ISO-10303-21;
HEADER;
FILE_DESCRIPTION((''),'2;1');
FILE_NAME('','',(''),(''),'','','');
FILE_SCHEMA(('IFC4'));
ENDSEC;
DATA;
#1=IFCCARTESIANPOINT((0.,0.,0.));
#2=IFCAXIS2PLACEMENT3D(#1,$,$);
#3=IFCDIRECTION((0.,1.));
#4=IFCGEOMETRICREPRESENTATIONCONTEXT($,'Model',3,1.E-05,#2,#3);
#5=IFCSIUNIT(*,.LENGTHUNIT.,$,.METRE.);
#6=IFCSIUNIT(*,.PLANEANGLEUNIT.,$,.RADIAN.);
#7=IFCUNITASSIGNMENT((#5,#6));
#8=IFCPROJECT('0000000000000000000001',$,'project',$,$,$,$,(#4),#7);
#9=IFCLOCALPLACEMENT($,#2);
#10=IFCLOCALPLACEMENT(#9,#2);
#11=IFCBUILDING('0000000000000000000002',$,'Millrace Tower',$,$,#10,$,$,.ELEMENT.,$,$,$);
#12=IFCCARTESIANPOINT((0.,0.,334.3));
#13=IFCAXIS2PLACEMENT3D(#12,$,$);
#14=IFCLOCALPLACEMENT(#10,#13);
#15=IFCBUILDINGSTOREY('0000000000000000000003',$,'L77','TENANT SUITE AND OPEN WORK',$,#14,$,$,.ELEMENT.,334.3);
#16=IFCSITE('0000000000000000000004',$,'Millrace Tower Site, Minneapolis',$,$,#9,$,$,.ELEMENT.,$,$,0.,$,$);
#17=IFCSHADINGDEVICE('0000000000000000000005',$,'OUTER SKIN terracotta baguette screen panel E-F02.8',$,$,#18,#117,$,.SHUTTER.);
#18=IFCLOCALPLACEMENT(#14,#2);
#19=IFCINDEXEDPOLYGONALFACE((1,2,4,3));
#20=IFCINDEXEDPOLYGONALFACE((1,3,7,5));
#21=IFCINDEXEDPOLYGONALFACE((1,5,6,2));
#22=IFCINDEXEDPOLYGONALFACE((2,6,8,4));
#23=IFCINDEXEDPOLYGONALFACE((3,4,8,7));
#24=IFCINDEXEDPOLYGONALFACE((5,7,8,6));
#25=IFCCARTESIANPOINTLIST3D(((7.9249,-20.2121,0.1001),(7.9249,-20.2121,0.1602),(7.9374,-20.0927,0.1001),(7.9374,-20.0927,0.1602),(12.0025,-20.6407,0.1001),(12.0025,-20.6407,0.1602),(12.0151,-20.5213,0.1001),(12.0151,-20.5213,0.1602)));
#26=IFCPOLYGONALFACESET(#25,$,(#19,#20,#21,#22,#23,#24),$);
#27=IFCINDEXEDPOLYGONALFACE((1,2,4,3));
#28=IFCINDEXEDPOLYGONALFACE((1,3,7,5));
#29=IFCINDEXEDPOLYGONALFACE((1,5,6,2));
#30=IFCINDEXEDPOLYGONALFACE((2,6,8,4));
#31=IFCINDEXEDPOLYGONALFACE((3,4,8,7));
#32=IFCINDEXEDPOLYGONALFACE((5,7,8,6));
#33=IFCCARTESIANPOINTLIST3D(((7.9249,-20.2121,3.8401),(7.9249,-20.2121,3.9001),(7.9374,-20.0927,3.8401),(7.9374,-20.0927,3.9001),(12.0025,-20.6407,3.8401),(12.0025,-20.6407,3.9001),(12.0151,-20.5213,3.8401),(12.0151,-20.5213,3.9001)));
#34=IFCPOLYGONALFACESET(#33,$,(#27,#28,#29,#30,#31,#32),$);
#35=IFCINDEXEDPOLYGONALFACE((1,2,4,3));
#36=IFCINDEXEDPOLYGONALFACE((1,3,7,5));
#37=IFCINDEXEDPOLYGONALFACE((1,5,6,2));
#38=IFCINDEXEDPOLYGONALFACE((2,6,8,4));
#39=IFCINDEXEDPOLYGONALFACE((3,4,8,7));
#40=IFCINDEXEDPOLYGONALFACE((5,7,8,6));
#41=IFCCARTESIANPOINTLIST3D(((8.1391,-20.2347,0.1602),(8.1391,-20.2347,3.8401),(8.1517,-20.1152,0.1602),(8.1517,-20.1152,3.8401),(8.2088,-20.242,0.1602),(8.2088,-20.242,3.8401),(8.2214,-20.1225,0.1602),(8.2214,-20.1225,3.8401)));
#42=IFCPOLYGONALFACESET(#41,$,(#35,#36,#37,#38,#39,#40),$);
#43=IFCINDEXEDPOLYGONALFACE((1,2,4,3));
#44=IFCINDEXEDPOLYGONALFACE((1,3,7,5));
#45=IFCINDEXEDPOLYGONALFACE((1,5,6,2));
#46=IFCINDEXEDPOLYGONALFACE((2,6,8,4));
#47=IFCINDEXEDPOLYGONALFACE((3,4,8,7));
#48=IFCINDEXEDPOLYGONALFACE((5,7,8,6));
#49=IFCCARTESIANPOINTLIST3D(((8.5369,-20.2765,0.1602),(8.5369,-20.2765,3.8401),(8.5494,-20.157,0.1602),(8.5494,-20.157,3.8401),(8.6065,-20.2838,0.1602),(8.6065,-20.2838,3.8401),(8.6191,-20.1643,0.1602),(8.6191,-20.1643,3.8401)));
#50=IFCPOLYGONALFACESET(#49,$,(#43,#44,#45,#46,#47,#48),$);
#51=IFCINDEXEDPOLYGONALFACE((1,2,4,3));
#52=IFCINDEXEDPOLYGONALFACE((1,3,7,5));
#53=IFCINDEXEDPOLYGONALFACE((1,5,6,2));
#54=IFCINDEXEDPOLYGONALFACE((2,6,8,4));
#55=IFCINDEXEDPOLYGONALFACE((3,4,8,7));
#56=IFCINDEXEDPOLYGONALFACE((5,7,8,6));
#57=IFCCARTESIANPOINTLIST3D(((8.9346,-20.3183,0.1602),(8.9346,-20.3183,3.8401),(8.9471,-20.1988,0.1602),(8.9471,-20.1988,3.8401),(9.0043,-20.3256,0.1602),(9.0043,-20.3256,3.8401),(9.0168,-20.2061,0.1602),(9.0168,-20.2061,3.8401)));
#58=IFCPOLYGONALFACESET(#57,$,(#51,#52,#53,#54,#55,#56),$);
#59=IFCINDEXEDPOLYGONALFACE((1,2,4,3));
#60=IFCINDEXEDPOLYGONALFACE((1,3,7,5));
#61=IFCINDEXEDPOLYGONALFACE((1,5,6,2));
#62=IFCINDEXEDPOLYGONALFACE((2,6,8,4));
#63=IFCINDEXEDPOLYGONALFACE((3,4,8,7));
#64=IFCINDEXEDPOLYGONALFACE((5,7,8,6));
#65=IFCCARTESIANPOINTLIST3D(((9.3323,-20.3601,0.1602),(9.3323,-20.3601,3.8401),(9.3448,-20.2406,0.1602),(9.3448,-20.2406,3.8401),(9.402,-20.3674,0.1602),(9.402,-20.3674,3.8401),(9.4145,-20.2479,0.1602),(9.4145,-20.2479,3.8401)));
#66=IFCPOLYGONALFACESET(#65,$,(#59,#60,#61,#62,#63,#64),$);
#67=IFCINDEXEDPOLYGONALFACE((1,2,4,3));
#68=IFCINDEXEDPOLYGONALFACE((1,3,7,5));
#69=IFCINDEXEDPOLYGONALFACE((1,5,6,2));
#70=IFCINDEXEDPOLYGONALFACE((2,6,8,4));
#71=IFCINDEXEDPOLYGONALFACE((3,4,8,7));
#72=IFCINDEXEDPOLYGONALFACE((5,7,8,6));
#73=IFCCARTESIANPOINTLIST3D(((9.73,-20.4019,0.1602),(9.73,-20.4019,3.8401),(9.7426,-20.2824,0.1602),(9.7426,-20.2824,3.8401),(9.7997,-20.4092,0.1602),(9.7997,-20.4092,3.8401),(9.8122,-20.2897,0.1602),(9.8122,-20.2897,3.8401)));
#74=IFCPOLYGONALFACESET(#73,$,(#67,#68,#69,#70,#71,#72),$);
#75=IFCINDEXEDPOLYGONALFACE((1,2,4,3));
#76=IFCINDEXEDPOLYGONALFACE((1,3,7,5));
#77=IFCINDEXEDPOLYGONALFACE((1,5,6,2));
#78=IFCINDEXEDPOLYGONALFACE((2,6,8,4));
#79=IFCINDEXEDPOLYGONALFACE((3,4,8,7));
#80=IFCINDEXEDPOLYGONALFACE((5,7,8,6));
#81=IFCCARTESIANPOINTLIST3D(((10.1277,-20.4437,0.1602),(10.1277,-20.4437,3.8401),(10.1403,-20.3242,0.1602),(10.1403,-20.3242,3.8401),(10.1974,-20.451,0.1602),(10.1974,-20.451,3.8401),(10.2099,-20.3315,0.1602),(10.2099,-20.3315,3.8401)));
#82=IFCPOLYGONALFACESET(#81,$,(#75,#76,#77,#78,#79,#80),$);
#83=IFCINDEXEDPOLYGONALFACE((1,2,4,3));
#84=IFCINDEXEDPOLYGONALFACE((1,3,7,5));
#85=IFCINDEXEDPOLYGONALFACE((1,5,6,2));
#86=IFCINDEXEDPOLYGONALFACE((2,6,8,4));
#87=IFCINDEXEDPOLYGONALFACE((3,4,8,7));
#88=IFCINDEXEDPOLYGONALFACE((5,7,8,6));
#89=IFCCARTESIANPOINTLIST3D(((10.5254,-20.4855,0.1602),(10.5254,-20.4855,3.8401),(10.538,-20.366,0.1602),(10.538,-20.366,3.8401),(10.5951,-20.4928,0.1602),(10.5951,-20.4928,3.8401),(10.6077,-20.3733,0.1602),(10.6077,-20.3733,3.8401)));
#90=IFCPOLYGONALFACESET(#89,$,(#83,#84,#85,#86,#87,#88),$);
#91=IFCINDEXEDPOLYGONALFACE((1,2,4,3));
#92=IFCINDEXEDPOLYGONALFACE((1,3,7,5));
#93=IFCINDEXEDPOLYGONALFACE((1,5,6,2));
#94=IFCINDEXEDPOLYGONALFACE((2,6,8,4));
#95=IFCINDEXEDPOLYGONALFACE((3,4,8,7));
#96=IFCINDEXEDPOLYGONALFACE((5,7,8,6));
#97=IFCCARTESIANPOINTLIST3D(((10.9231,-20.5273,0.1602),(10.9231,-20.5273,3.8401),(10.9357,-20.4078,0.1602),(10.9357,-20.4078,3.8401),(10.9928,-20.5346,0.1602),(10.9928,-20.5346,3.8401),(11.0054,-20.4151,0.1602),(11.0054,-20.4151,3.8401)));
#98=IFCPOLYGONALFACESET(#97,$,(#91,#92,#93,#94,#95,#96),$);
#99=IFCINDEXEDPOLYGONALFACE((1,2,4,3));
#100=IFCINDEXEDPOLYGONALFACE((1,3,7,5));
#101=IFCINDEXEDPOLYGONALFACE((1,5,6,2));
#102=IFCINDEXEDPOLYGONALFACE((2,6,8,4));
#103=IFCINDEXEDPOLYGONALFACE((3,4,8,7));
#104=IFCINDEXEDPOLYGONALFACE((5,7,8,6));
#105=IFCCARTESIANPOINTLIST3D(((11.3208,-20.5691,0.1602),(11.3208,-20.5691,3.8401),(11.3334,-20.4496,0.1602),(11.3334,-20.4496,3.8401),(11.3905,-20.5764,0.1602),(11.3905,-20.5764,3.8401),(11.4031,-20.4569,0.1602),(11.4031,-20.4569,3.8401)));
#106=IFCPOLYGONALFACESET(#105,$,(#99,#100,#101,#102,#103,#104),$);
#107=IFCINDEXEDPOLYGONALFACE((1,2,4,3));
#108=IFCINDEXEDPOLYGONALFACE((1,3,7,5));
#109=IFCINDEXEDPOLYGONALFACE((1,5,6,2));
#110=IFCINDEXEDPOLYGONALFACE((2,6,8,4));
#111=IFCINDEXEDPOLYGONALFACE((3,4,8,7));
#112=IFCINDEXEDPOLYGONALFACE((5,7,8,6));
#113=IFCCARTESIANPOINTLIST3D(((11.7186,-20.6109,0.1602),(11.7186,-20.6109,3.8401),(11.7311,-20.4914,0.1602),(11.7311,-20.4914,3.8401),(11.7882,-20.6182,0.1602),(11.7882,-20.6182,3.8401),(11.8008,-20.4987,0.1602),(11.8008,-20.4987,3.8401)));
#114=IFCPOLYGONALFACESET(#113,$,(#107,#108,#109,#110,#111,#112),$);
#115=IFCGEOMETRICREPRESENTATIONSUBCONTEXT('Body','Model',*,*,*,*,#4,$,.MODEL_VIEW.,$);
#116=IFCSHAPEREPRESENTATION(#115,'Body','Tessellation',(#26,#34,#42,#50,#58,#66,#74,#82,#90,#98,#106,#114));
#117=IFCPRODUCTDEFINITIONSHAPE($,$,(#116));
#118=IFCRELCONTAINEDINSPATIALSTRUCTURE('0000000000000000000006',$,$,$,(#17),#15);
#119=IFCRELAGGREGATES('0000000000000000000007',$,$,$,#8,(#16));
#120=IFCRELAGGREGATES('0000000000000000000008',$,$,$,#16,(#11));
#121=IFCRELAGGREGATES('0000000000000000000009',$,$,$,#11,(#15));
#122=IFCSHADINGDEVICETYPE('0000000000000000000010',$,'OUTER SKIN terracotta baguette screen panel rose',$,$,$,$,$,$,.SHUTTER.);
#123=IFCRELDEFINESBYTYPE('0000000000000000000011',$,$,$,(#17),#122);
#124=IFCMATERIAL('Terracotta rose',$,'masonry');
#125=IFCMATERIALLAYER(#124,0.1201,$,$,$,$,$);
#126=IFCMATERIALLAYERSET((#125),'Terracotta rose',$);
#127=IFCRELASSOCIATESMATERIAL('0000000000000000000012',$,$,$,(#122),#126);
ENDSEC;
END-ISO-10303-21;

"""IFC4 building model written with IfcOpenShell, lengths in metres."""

from ifc_helpers import new_model, entity, si_unit, direction, frame, frame_2d, origin, place, context, subcontext, project, spatial, rectangle, extrude, source, transform, mapped, material, layer, layer_set, type_object, element, save


model = new_model("IFC4")

# Units and contexts
model_context = context("Model", 3, precision=1e-05, world=origin(), true_north=direction((0.0, 1.0)))
body_context = subcontext(model_context, "Body", "Model", "MODEL_VIEW")
ifc_project = project(units=[si_unit("LENGTHUNIT", "METRE"), si_unit("PLANEANGLEUNIT", "RADIAN")], contexts=[model_context])

# Site, building, storey
site_placement = place(None, origin())
site = spatial("IfcSite", under=ifc_project, at=site_placement, Name="Millrace Tower Site, Minneapolis", CompositionType="ELEMENT", RefElevation=0.0)
building_placement = place(site_placement, origin())
building = spatial("IfcBuilding", under=site, at=building_placement, Name="Millrace Tower", CompositionType="ELEMENT")
storey_placement = place(building_placement, frame((0.0, 0.0, 334.3)))
storey = spatial("IfcBuildingStorey", under=building, at=storey_placement, Name="L77", Description="TENANT SUITE AND OPEN WORK", CompositionType="ELEMENT", Elevation=334.3)

# Shading device
ifc_material_1 = material(Name="Terracotta rose", Category="masonry")
ifc_layer_1 = layer(ifc_material_1, 0.1201)
ifc_layer_set_1 = layer_set([ifc_layer_1], Name="Terracotta rose")
shading_device_type = type_object("IfcShadingDeviceType", Name="OUTER SKIN terracotta baguette screen panel rose", PredefinedType="SHUTTER", material=ifc_layer_set_1)
cartesian_point = entity("IfcCartesianPoint", [-2.05, 0.0601])
shared_polyline = entity("IfcPolyline", [cartesian_point, entity("IfcCartesianPoint", [2.05, 0.0601]), entity("IfcCartesianPoint", [2.05, -0.0601]), entity("IfcCartesianPoint", [-2.05, -0.0601]), cartesian_point])
shared_shape = source(origin(), body_context, "Body", "SweptSolid", [
    entity("IfcExtrudedAreaSolid", entity("IfcArbitraryClosedProfileDef", "AREA", None, shared_polyline), entity("IfcAxis2Placement3D", entity("IfcCartesianPoint", [0.0, 0.0, 0.0])), entity("IfcDirection", [0.0, 0.0, 1.0]), 0.0601),
    entity("IfcExtrudedAreaSolid", entity("IfcArbitraryClosedProfileDef", "AREA", None, shared_polyline), entity("IfcAxis2Placement3D", entity("IfcCartesianPoint", [0.0, 0.0, 3.74])), entity("IfcDirection", [0.0, 0.0, 1.0]), 0.0601),
    extrude(rectangle(XDim=0.0701, YDim=0.1201, at=frame_2d((-1.7996, 0.0))), frame((0.0, 0.0, 0.0601)), (0.0, 0.0, 1.0), 3.6799),
    extrude(rectangle(XDim=0.0701, YDim=0.1201, at=frame_2d((-1.3997, 0.0))), frame((0.0, 0.0, 0.0601)), (0.0, 0.0, 1.0), 3.6799),
    extrude(rectangle(XDim=0.0701, YDim=0.1201, at=frame_2d((-0.9998, 0.0))), frame((0.0, 0.0, 0.0601)), (0.0, 0.0, 1.0), 3.6799),
    extrude(rectangle(XDim=0.0701, YDim=0.1201, at=frame_2d((-0.5999, 0.0))), frame((0.0, 0.0, 0.0601)), (0.0, 0.0, 1.0), 3.6799),
    extrude(rectangle(XDim=0.0701, YDim=0.1201, at=frame_2d((-0.2, 0.0))), frame((0.0, 0.0, 0.0601)), (0.0, 0.0, 1.0), 3.6799),
    extrude(rectangle(XDim=0.0701, YDim=0.1201, at=frame_2d((0.2, 0.0))), frame((0.0, 0.0, 0.0601)), (0.0, 0.0, 1.0), 3.6799),
    extrude(rectangle(XDim=0.0701, YDim=0.1201, at=frame_2d((0.5999, 0.0))), frame((0.0, 0.0, 0.0601)), (0.0, 0.0, 1.0), 3.6799),
    extrude(rectangle(XDim=0.0701, YDim=0.1201, at=frame_2d((0.9998, 0.0))), frame((0.0, 0.0, 0.0601)), (0.0, 0.0, 1.0), 3.6799),
    extrude(rectangle(XDim=0.0701, YDim=0.1201, at=frame_2d((1.3997, 0.0))), frame((0.0, 0.0, 0.0601)), (0.0, 0.0, 1.0), 3.6799),
    extrude(rectangle(XDim=0.0701, YDim=0.1201, at=frame_2d((1.7996, 0.0))), frame((0.0, 0.0, 0.0601)), (0.0, 0.0, 1.0), 3.6799),
])
for number, where, z_axis, x_axis, name in (
    (1, (9.97, -20.3667, 0.1001), (0.0, 0.0, 1.0), (0.994522, -0.104528, 0.0), "OUTER SKIN terracotta baguette screen panel E-F02.8"),
):
    element("IfcShadingDevice", number, at=place(storey_placement, frame(where, z_axis=z_axis, x_axis=x_axis)), inside=storey, type_object=shading_device_type, Name=name, PredefinedType="SHUTTER", context=body_context, shape_type="MappedRepresentation", body=[
        mapped(shared_shape, transform((0.0, 0.0, 0.0), scale=1.0)),
    ])

save(model, "model.ifc")
